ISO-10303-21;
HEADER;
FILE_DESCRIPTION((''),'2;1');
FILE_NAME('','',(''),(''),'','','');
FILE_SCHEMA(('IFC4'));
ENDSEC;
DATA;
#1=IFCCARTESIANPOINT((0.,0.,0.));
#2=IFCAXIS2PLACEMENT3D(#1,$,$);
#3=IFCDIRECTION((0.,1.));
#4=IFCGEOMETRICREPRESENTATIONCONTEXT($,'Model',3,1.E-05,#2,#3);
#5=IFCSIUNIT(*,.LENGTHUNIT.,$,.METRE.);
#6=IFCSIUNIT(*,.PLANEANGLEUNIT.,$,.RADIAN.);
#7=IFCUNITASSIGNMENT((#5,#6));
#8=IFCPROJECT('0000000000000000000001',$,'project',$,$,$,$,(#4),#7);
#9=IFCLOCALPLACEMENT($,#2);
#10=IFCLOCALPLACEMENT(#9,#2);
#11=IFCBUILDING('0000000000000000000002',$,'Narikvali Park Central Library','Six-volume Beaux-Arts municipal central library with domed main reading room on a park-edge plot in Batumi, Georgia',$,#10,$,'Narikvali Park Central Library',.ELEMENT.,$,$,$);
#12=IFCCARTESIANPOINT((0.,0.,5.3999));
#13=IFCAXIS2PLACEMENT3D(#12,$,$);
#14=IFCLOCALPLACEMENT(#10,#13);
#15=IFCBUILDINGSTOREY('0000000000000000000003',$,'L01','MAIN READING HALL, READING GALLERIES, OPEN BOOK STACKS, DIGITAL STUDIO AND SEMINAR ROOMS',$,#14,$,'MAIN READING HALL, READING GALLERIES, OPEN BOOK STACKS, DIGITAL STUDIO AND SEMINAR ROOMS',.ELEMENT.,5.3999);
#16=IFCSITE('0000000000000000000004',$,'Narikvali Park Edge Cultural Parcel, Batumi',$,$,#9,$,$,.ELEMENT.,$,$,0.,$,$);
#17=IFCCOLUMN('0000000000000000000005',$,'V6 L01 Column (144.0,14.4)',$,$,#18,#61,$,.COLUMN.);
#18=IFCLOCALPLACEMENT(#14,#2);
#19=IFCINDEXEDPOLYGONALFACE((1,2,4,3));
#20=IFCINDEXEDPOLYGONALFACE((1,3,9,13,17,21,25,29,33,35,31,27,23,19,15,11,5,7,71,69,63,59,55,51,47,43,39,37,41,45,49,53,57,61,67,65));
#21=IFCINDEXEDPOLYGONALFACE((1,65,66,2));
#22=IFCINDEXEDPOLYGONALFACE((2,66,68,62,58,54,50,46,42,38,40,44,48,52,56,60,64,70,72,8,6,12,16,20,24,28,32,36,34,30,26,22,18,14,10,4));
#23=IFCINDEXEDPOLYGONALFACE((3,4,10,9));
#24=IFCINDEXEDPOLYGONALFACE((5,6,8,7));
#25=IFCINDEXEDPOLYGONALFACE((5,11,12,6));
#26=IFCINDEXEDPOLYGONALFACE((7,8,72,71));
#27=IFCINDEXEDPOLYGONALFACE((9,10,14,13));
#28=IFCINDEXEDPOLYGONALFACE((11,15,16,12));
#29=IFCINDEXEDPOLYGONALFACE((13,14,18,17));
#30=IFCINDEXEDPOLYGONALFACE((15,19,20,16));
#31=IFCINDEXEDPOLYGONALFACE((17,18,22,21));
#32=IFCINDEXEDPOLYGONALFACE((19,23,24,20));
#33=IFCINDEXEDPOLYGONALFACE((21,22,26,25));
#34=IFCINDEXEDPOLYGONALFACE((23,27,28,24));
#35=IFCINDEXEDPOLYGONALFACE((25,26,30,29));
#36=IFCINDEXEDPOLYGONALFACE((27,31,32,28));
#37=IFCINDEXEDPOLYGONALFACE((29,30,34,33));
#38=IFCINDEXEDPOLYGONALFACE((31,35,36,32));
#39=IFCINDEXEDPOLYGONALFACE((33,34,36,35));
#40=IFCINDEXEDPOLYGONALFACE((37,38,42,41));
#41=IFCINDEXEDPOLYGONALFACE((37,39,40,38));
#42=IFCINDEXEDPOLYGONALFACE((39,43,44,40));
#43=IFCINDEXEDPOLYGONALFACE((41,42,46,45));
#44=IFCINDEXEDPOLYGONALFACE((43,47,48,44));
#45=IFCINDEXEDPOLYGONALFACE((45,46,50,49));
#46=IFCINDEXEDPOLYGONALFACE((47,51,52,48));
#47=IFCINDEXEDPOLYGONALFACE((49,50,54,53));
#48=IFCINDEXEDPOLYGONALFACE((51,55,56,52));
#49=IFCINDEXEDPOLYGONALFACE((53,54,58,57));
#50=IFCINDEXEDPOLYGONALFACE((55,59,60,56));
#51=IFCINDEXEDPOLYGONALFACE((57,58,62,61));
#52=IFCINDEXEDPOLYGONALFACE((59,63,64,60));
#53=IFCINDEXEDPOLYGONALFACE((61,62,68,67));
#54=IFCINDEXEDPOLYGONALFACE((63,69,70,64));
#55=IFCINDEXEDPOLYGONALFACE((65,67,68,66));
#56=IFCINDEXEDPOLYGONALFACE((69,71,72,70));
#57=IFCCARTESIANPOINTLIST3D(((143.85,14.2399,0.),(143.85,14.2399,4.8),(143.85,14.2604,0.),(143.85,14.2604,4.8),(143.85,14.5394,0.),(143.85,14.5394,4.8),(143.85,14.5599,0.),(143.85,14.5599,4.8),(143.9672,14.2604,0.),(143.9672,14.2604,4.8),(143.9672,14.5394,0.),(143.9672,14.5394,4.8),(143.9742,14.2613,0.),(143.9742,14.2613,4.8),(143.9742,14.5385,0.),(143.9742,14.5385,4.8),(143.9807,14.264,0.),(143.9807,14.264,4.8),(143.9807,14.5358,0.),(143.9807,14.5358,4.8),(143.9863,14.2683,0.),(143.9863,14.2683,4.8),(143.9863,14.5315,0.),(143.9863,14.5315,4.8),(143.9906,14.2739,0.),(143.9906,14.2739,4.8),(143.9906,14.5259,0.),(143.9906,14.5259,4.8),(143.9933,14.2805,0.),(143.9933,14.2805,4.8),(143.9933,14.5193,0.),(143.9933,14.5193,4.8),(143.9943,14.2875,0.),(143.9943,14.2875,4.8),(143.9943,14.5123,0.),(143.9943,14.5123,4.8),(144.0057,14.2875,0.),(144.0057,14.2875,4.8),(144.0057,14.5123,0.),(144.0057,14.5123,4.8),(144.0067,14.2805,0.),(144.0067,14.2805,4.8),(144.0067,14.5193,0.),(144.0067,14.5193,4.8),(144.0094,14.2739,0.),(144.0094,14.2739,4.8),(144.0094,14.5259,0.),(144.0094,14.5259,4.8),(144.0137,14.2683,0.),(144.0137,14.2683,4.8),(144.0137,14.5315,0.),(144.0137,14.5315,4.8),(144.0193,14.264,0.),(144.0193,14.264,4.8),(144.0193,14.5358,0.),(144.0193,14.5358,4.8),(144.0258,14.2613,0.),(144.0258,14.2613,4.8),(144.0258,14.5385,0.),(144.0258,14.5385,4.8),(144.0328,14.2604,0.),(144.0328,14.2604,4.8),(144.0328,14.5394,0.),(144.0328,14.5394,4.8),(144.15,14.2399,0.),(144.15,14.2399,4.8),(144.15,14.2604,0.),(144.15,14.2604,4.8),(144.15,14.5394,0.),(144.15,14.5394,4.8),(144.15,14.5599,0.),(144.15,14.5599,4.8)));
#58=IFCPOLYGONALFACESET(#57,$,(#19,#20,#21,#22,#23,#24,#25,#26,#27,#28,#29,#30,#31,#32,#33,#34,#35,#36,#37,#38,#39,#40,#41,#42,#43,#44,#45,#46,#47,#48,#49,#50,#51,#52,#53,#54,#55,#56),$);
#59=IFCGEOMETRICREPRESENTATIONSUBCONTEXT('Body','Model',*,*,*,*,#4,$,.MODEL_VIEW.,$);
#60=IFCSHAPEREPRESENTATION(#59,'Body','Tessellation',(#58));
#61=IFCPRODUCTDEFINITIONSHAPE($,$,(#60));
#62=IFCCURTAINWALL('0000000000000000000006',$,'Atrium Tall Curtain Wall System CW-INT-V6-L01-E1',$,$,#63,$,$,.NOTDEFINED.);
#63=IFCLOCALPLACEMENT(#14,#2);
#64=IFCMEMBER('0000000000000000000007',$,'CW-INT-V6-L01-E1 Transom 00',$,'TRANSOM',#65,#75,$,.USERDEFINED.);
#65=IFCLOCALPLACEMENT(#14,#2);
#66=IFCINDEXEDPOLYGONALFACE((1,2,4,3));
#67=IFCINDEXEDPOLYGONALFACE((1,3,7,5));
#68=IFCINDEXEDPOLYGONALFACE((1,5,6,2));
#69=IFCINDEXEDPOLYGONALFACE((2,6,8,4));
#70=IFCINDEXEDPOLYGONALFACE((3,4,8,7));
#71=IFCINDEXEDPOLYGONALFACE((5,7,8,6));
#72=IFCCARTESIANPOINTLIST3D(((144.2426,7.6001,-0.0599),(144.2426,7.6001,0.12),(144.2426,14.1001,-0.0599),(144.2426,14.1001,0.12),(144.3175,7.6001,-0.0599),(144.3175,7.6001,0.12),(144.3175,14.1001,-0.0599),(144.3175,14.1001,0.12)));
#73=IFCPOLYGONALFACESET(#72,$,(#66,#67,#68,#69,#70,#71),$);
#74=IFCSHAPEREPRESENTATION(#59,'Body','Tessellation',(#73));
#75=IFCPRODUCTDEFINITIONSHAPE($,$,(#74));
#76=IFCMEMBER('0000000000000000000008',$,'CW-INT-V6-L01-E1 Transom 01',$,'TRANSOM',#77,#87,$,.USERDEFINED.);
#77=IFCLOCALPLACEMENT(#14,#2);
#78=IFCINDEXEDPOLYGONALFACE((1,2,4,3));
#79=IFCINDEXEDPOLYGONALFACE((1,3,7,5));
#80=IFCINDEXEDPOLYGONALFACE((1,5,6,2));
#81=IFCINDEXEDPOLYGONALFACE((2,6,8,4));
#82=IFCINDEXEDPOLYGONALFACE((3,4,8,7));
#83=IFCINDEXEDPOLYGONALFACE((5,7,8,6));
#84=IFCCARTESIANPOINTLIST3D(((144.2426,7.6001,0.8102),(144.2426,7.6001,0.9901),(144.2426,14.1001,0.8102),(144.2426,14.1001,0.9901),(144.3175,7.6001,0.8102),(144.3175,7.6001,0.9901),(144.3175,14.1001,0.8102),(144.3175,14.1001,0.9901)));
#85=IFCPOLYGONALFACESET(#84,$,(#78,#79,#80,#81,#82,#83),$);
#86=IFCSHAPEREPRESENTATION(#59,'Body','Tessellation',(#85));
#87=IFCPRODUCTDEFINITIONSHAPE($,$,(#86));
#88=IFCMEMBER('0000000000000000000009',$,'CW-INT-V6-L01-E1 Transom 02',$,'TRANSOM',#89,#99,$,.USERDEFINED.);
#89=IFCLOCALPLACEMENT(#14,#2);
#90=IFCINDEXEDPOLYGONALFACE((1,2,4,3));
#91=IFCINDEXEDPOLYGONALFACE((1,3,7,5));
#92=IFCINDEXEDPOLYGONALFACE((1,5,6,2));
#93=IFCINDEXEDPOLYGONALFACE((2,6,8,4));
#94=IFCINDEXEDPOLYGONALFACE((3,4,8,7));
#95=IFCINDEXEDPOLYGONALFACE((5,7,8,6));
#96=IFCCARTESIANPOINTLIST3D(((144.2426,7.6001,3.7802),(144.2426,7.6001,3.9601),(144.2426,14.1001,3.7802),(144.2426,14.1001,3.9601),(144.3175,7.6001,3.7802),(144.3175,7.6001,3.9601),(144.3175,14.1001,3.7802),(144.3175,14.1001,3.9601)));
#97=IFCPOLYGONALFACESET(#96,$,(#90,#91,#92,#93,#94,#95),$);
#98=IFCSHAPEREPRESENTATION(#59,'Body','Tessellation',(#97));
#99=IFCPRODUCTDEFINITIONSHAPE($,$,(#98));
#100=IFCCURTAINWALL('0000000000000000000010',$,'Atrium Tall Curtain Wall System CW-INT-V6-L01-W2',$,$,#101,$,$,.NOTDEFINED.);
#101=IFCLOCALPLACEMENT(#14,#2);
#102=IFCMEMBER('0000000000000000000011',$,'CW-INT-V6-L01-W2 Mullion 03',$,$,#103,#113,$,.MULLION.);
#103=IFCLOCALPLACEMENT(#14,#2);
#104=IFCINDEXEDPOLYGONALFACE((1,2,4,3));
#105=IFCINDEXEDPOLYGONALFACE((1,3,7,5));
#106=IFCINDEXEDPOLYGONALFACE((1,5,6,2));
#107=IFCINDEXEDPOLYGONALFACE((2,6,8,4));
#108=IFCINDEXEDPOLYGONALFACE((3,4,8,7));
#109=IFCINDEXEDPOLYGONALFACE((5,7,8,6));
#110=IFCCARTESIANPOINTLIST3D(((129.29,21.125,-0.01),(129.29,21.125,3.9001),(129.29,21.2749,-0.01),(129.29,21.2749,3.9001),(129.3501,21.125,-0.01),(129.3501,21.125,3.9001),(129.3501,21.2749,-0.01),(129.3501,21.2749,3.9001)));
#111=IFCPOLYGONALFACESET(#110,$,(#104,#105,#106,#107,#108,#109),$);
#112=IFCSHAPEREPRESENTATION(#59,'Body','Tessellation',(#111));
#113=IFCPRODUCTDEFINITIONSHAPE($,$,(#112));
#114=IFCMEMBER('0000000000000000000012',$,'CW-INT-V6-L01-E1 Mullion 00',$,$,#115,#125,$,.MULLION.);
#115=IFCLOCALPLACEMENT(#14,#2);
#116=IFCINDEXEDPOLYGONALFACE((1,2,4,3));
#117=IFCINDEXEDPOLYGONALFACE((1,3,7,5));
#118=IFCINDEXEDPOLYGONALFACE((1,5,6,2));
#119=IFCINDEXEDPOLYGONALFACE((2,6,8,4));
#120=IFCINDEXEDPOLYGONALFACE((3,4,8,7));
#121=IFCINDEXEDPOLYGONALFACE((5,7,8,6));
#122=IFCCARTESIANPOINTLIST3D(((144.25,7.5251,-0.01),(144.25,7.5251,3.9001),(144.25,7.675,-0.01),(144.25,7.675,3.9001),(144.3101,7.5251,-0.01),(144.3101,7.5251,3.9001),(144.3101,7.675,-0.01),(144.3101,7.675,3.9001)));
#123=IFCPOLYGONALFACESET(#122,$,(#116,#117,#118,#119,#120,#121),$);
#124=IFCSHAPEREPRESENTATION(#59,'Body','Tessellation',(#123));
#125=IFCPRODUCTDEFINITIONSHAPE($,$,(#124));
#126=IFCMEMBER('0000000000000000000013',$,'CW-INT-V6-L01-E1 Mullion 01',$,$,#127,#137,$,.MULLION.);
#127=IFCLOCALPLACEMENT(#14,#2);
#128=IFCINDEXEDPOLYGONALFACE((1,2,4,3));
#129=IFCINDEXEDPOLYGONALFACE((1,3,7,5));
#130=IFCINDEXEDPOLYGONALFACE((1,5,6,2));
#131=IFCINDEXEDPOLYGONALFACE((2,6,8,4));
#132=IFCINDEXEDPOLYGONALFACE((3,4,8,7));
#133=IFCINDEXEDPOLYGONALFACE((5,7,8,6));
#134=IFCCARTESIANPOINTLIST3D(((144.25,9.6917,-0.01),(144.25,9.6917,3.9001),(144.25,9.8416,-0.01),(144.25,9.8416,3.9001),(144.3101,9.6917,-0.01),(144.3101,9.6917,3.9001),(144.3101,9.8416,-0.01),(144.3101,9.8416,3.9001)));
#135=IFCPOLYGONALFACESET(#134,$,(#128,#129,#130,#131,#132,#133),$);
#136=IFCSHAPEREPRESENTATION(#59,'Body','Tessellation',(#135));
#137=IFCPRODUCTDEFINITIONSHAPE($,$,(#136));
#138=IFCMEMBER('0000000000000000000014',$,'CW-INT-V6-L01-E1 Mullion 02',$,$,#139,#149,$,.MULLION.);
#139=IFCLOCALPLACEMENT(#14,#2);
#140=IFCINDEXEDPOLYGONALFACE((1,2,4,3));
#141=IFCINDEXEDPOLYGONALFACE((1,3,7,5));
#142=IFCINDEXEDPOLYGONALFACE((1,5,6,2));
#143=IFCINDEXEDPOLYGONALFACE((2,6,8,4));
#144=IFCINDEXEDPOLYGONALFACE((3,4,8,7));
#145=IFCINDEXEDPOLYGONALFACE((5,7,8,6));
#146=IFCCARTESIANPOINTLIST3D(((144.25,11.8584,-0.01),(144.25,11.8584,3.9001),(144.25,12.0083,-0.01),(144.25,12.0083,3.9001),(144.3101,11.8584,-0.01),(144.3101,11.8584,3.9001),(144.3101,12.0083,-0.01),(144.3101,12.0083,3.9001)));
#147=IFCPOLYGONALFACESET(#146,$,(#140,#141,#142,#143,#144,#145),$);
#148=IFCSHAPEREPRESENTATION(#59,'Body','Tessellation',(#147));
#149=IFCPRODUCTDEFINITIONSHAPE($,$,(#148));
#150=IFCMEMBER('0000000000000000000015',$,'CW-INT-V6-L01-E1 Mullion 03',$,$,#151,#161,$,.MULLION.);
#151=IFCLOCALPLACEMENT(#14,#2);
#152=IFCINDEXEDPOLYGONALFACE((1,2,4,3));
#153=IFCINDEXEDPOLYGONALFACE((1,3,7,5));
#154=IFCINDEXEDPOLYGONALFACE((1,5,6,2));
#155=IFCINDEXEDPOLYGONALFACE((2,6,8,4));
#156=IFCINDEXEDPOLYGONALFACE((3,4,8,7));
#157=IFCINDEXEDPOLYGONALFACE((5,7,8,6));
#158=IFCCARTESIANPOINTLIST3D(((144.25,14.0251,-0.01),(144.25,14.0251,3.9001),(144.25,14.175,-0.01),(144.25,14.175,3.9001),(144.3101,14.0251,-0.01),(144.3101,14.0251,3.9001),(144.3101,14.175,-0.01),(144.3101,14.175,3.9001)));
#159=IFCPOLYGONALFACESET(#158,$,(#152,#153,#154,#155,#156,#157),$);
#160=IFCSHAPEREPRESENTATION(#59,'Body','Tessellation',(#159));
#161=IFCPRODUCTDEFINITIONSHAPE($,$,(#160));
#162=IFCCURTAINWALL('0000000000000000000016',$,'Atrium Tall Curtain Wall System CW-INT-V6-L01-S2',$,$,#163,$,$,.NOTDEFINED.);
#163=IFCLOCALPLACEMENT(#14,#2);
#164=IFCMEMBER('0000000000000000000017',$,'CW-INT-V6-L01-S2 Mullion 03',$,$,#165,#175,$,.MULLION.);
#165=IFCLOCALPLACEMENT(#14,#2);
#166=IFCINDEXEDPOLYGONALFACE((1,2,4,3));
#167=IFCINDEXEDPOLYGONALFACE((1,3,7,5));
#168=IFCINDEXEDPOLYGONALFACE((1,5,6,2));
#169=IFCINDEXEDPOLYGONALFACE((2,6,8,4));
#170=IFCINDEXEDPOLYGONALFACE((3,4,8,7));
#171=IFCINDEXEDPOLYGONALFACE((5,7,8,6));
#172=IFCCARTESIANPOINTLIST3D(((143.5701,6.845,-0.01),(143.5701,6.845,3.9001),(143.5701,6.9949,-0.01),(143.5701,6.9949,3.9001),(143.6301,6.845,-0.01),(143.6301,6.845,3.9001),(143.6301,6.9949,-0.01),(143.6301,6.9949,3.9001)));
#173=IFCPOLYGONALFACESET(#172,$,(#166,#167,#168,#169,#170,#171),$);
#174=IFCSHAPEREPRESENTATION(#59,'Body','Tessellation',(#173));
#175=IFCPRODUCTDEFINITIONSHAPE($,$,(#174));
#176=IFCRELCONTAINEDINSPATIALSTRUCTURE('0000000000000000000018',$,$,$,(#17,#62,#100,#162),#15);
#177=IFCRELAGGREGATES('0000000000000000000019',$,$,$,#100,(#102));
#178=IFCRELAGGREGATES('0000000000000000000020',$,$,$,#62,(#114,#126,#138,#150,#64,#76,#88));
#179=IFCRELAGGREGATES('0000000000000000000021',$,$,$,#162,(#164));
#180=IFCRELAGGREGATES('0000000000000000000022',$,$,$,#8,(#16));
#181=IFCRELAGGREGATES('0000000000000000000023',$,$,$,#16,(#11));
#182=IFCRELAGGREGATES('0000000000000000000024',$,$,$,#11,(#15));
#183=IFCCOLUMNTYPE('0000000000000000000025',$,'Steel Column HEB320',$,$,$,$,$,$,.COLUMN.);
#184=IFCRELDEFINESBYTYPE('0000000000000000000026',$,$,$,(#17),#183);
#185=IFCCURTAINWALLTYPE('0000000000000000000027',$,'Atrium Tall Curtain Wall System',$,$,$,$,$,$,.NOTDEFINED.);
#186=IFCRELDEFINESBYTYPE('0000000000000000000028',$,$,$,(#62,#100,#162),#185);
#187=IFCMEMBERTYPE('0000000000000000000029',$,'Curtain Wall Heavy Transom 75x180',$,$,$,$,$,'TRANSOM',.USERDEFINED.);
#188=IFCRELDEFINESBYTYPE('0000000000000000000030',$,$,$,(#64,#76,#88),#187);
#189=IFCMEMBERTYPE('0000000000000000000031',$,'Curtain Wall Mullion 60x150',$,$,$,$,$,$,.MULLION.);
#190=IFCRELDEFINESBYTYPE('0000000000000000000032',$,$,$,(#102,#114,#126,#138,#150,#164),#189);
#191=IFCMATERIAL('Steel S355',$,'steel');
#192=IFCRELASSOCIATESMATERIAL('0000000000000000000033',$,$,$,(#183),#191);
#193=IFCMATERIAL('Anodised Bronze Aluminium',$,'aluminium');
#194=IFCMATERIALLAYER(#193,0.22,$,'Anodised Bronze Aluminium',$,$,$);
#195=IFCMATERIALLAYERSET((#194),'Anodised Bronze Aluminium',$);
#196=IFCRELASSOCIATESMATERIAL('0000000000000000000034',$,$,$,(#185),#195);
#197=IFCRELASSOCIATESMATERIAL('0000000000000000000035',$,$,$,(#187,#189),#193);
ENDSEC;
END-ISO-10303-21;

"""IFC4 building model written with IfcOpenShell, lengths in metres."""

from ifc_helpers import new_model, si_unit, direction, frame, origin, origin_2d, place, context, subcontext, project, spatial, rectangle, i_section, extrude, material, layer, layer_set, material_profile, profile_set, type_object, element, aggregate, save


model = new_model("IFC4")

# Units and contexts
model_context = context("Model", 3, precision=1e-05, world=origin(), true_north=direction((0.0, 1.0)))
body_context = subcontext(model_context, "Body", "Model", "MODEL_VIEW")
ifc_project = project(units=[si_unit("LENGTHUNIT", "METRE"), si_unit("PLANEANGLEUNIT", "RADIAN")], contexts=[model_context])

# Site, building, storey
site_placement = place(None, origin())
site = spatial("IfcSite", under=ifc_project, at=site_placement, Name="Narikvali Park Edge Cultural Parcel, Batumi", CompositionType="ELEMENT", RefElevation=0.0)
building_placement = place(site_placement, origin())
building = spatial("IfcBuilding", under=site, at=building_placement, Name="Narikvali Park Central Library", Description="Six-volume Beaux-Arts municipal central library with domed main reading room on a park-edge plot in Batumi, Georgia", LongName="Narikvali Park Central Library", CompositionType="ELEMENT")
storey_placement = place(building_placement, frame((0.0, 0.0, 5.3999)))
storey = spatial("IfcBuildingStorey", under=building, at=storey_placement, Name="L01", Description="MAIN READING HALL, READING GALLERIES, OPEN BOOK STACKS, DIGITAL STUDIO AND SEMINAR ROOMS", LongName="MAIN READING HALL, READING GALLERIES, OPEN BOOK STACKS, DIGITAL STUDIO AND SEMINAR ROOMS", CompositionType="ELEMENT", Elevation=5.3999)

# Column
ifc_material_1 = material(Name="Steel S355", Category="steel")
ifc_material_profile_1 = material_profile(ifc_material_1, i_section(OverallWidth=0.3, OverallDepth=0.3201, WebThickness=0.0115, FlangeThickness=0.0205, FilletRadius=0.0271, at=origin_2d()), Name="HEB 320")
ifc_profile_set_1 = profile_set([ifc_material_profile_1], Name="Steel S355")
column_type = type_object("IfcColumnType", Name="Steel Column HEB320", PredefinedType="COLUMN", material=ifc_profile_set_1)
for number, where, z_axis, x_axis, name in (
    (1, (144.0, 14.3999, 0.0), (0.0, 0.0, 1.0), (1.0, 0.0, 0.0), "V6 L01 Column (144.0,14.4)"),
):
    element("IfcColumn", number, at=place(storey_placement, frame(where, z_axis=z_axis, x_axis=x_axis)), inside=storey, type_object=column_type, Name=name, PredefinedType="COLUMN", context=body_context, shape_type="SweptSolid", body=[
        extrude(i_section(OverallWidth=0.3, OverallDepth=0.3201, WebThickness=0.0115, FlangeThickness=0.0205, FilletRadius=0.0271, at=origin_2d()), origin(), (0.0, 0.0, 1.0), 4.8),
    ])

# Curtain wall, members
ifc_material_2 = material(Name="Anodised Bronze Aluminium", Category="aluminium")
ifc_layer_1 = layer(ifc_material_2, 0.22, Name="Anodised Bronze Aluminium")
ifc_layer_set_1 = layer_set([ifc_layer_1], Name="Anodised Bronze Aluminium")
curtain_wall_type = type_object("IfcCurtainWallType", Name="Atrium Tall Curtain Wall System", PredefinedType="NOTDEFINED", material=ifc_layer_set_1)
curtain_wall_1_placement = place(storey_placement, origin())
curtain_wall_1 = element("IfcCurtainWall", 2, at=curtain_wall_1_placement, inside=storey, type_object=curtain_wall_type, Name="Atrium Tall Curtain Wall System CW-INT-V6-L01-E1", PredefinedType="NOTDEFINED")
ifc_material_profile_2 = material_profile(ifc_material_2, rectangle(XDim=0.075, YDim=0.1799, at=origin_2d()), Name="CW TRANSOM 75x180")
ifc_profile_set_2 = profile_set([ifc_material_profile_2], Name="Anodised Bronze Aluminium")
member_type_1 = type_object("IfcMemberType", Name="Curtain Wall Heavy Transom 75x180", ElementType="TRANSOM", PredefinedType="USERDEFINED", material=ifc_profile_set_2)
member_1_placement = place(storey_placement, frame((144.28, 7.6001, 0.03), z_axis=(0.0, 1.0, 0.0), x_axis=(-1.0, 0.0, 0.0)))
member_1 = element("IfcMember", 3, at=member_1_placement, type_object=member_type_1, Name="CW-INT-V6-L01-E1 Transom 00", ObjectType="TRANSOM", PredefinedType="USERDEFINED", context=body_context, shape_type="SweptSolid", body=[
    extrude(rectangle(XDim=0.075, YDim=0.1799, at=origin_2d()), origin(), (0.0, 0.0, 1.0), 6.5),
])
member_2_placement = place(storey_placement, frame((144.28, 7.6001, 0.9001), z_axis=(0.0, 1.0, 0.0), x_axis=(-1.0, 0.0, 0.0)))
member_2 = element("IfcMember", 4, at=member_2_placement, type_object=member_type_1, Name="CW-INT-V6-L01-E1 Transom 01", ObjectType="TRANSOM", PredefinedType="USERDEFINED", context=body_context, shape_type="SweptSolid", body=[
    extrude(rectangle(XDim=0.075, YDim=0.1799, at=origin_2d()), origin(), (0.0, 0.0, 1.0), 6.5),
])
member_3_placement = place(storey_placement, frame((144.28, 7.6001, 3.8701), z_axis=(0.0, 1.0, 0.0), x_axis=(-1.0, 0.0, 0.0)))
member_3 = element("IfcMember", 5, at=member_3_placement, type_object=member_type_1, Name="CW-INT-V6-L01-E1 Transom 02", ObjectType="TRANSOM", PredefinedType="USERDEFINED", context=body_context, shape_type="SweptSolid", body=[
    extrude(rectangle(XDim=0.075, YDim=0.1799, at=origin_2d()), origin(), (0.0, 0.0, 1.0), 6.5),
])

# Curtain wall, member
curtain_wall_2_placement = place(storey_placement, origin())
curtain_wall_2 = element("IfcCurtainWall", 6, at=curtain_wall_2_placement, inside=storey, type_object=curtain_wall_type, Name="Atrium Tall Curtain Wall System CW-INT-V6-L01-W2", PredefinedType="NOTDEFINED")
ifc_material_profile_3 = material_profile(ifc_material_2, rectangle(XDim=0.0601, YDim=0.1499, at=origin_2d()), Name="CW MULLION 60x150")
ifc_profile_set_3 = profile_set([ifc_material_profile_3], Name="Anodised Bronze Aluminium")
member_type_2 = type_object("IfcMemberType", Name="Curtain Wall Mullion 60x150", PredefinedType="MULLION", material=ifc_profile_set_3)
member_4_placement = place(storey_placement, frame((129.3201, 21.2, -0.01), z_axis=(0.0, 0.0, 1.0), x_axis=(1.0, 0.0, 0.0)))
member_4 = element("IfcMember", 7, at=member_4_placement, type_object=member_type_2, Name="CW-INT-V6-L01-W2 Mullion 03", PredefinedType="MULLION", context=body_context, shape_type="SweptSolid", body=[
    extrude(rectangle(XDim=0.0601, YDim=0.1499, at=origin_2d()), origin(), (0.0, 0.0, 1.0), 3.9102),
])

# Members
member_5_placement = place(storey_placement, frame((144.28, 7.6001, -0.01), z_axis=(0.0, 0.0, 1.0), x_axis=(1.0, 0.0, 0.0)))
member_5 = element("IfcMember", 8, at=member_5_placement, type_object=member_type_2, Name="CW-INT-V6-L01-E1 Mullion 00", PredefinedType="MULLION", context=body_context, shape_type="SweptSolid", body=[
    extrude(rectangle(XDim=0.0601, YDim=0.1499, at=origin_2d()), origin(), (0.0, 0.0, 1.0), 3.9102),
])
member_6_placement = place(storey_placement, frame((144.28, 9.7666, -0.01), z_axis=(0.0, 0.0, 1.0), x_axis=(1.0, 0.0, 0.0)))
member_6 = element("IfcMember", 9, at=member_6_placement, type_object=member_type_2, Name="CW-INT-V6-L01-E1 Mullion 01", PredefinedType="MULLION", context=body_context, shape_type="SweptSolid", body=[
    extrude(rectangle(XDim=0.0601, YDim=0.1499, at=origin_2d()), origin(), (0.0, 0.0, 1.0), 3.9102),
])
member_7_placement = place(storey_placement, frame((144.28, 11.9333, -0.01), z_axis=(0.0, 0.0, 1.0), x_axis=(1.0, 0.0, 0.0)))
member_7 = element("IfcMember", 10, at=member_7_placement, type_object=member_type_2, Name="CW-INT-V6-L01-E1 Mullion 02", PredefinedType="MULLION", context=body_context, shape_type="SweptSolid", body=[
    extrude(rectangle(XDim=0.0601, YDim=0.1499, at=origin_2d()), origin(), (0.0, 0.0, 1.0), 3.9102),
])
member_8_placement = place(storey_placement, frame((144.28, 14.1001, -0.01), z_axis=(0.0, 0.0, 1.0), x_axis=(1.0, 0.0, 0.0)))
member_8 = element("IfcMember", 11, at=member_8_placement, type_object=member_type_2, Name="CW-INT-V6-L01-E1 Mullion 03", PredefinedType="MULLION", context=body_context, shape_type="SweptSolid", body=[
    extrude(rectangle(XDim=0.0601, YDim=0.1499, at=origin_2d()), origin(), (0.0, 0.0, 1.0), 3.9102),
])

# Curtain wall, member
curtain_wall_3_placement = place(storey_placement, origin())
curtain_wall_3 = element("IfcCurtainWall", 12, at=curtain_wall_3_placement, inside=storey, type_object=curtain_wall_type, Name="Atrium Tall Curtain Wall System CW-INT-V6-L01-S2", PredefinedType="NOTDEFINED")
member_9_placement = place(storey_placement, frame((143.6001, 6.9199, -0.01), z_axis=(0.0, 0.0, 1.0), x_axis=(1.0, 0.0, 0.0)))
member_9 = element("IfcMember", 13, at=member_9_placement, type_object=member_type_2, Name="CW-INT-V6-L01-S2 Mullion 03", PredefinedType="MULLION", context=body_context, shape_type="SweptSolid", body=[
    extrude(rectangle(XDim=0.0601, YDim=0.1499, at=origin_2d()), origin(), (0.0, 0.0, 1.0), 3.9102),
])

aggregate(curtain_wall_2, [member_4])
aggregate(curtain_wall_1, [member_5, member_6, member_7, member_8, member_1, member_2, member_3])
aggregate(curtain_wall_3, [member_9])

save(model, "model.ifc")
